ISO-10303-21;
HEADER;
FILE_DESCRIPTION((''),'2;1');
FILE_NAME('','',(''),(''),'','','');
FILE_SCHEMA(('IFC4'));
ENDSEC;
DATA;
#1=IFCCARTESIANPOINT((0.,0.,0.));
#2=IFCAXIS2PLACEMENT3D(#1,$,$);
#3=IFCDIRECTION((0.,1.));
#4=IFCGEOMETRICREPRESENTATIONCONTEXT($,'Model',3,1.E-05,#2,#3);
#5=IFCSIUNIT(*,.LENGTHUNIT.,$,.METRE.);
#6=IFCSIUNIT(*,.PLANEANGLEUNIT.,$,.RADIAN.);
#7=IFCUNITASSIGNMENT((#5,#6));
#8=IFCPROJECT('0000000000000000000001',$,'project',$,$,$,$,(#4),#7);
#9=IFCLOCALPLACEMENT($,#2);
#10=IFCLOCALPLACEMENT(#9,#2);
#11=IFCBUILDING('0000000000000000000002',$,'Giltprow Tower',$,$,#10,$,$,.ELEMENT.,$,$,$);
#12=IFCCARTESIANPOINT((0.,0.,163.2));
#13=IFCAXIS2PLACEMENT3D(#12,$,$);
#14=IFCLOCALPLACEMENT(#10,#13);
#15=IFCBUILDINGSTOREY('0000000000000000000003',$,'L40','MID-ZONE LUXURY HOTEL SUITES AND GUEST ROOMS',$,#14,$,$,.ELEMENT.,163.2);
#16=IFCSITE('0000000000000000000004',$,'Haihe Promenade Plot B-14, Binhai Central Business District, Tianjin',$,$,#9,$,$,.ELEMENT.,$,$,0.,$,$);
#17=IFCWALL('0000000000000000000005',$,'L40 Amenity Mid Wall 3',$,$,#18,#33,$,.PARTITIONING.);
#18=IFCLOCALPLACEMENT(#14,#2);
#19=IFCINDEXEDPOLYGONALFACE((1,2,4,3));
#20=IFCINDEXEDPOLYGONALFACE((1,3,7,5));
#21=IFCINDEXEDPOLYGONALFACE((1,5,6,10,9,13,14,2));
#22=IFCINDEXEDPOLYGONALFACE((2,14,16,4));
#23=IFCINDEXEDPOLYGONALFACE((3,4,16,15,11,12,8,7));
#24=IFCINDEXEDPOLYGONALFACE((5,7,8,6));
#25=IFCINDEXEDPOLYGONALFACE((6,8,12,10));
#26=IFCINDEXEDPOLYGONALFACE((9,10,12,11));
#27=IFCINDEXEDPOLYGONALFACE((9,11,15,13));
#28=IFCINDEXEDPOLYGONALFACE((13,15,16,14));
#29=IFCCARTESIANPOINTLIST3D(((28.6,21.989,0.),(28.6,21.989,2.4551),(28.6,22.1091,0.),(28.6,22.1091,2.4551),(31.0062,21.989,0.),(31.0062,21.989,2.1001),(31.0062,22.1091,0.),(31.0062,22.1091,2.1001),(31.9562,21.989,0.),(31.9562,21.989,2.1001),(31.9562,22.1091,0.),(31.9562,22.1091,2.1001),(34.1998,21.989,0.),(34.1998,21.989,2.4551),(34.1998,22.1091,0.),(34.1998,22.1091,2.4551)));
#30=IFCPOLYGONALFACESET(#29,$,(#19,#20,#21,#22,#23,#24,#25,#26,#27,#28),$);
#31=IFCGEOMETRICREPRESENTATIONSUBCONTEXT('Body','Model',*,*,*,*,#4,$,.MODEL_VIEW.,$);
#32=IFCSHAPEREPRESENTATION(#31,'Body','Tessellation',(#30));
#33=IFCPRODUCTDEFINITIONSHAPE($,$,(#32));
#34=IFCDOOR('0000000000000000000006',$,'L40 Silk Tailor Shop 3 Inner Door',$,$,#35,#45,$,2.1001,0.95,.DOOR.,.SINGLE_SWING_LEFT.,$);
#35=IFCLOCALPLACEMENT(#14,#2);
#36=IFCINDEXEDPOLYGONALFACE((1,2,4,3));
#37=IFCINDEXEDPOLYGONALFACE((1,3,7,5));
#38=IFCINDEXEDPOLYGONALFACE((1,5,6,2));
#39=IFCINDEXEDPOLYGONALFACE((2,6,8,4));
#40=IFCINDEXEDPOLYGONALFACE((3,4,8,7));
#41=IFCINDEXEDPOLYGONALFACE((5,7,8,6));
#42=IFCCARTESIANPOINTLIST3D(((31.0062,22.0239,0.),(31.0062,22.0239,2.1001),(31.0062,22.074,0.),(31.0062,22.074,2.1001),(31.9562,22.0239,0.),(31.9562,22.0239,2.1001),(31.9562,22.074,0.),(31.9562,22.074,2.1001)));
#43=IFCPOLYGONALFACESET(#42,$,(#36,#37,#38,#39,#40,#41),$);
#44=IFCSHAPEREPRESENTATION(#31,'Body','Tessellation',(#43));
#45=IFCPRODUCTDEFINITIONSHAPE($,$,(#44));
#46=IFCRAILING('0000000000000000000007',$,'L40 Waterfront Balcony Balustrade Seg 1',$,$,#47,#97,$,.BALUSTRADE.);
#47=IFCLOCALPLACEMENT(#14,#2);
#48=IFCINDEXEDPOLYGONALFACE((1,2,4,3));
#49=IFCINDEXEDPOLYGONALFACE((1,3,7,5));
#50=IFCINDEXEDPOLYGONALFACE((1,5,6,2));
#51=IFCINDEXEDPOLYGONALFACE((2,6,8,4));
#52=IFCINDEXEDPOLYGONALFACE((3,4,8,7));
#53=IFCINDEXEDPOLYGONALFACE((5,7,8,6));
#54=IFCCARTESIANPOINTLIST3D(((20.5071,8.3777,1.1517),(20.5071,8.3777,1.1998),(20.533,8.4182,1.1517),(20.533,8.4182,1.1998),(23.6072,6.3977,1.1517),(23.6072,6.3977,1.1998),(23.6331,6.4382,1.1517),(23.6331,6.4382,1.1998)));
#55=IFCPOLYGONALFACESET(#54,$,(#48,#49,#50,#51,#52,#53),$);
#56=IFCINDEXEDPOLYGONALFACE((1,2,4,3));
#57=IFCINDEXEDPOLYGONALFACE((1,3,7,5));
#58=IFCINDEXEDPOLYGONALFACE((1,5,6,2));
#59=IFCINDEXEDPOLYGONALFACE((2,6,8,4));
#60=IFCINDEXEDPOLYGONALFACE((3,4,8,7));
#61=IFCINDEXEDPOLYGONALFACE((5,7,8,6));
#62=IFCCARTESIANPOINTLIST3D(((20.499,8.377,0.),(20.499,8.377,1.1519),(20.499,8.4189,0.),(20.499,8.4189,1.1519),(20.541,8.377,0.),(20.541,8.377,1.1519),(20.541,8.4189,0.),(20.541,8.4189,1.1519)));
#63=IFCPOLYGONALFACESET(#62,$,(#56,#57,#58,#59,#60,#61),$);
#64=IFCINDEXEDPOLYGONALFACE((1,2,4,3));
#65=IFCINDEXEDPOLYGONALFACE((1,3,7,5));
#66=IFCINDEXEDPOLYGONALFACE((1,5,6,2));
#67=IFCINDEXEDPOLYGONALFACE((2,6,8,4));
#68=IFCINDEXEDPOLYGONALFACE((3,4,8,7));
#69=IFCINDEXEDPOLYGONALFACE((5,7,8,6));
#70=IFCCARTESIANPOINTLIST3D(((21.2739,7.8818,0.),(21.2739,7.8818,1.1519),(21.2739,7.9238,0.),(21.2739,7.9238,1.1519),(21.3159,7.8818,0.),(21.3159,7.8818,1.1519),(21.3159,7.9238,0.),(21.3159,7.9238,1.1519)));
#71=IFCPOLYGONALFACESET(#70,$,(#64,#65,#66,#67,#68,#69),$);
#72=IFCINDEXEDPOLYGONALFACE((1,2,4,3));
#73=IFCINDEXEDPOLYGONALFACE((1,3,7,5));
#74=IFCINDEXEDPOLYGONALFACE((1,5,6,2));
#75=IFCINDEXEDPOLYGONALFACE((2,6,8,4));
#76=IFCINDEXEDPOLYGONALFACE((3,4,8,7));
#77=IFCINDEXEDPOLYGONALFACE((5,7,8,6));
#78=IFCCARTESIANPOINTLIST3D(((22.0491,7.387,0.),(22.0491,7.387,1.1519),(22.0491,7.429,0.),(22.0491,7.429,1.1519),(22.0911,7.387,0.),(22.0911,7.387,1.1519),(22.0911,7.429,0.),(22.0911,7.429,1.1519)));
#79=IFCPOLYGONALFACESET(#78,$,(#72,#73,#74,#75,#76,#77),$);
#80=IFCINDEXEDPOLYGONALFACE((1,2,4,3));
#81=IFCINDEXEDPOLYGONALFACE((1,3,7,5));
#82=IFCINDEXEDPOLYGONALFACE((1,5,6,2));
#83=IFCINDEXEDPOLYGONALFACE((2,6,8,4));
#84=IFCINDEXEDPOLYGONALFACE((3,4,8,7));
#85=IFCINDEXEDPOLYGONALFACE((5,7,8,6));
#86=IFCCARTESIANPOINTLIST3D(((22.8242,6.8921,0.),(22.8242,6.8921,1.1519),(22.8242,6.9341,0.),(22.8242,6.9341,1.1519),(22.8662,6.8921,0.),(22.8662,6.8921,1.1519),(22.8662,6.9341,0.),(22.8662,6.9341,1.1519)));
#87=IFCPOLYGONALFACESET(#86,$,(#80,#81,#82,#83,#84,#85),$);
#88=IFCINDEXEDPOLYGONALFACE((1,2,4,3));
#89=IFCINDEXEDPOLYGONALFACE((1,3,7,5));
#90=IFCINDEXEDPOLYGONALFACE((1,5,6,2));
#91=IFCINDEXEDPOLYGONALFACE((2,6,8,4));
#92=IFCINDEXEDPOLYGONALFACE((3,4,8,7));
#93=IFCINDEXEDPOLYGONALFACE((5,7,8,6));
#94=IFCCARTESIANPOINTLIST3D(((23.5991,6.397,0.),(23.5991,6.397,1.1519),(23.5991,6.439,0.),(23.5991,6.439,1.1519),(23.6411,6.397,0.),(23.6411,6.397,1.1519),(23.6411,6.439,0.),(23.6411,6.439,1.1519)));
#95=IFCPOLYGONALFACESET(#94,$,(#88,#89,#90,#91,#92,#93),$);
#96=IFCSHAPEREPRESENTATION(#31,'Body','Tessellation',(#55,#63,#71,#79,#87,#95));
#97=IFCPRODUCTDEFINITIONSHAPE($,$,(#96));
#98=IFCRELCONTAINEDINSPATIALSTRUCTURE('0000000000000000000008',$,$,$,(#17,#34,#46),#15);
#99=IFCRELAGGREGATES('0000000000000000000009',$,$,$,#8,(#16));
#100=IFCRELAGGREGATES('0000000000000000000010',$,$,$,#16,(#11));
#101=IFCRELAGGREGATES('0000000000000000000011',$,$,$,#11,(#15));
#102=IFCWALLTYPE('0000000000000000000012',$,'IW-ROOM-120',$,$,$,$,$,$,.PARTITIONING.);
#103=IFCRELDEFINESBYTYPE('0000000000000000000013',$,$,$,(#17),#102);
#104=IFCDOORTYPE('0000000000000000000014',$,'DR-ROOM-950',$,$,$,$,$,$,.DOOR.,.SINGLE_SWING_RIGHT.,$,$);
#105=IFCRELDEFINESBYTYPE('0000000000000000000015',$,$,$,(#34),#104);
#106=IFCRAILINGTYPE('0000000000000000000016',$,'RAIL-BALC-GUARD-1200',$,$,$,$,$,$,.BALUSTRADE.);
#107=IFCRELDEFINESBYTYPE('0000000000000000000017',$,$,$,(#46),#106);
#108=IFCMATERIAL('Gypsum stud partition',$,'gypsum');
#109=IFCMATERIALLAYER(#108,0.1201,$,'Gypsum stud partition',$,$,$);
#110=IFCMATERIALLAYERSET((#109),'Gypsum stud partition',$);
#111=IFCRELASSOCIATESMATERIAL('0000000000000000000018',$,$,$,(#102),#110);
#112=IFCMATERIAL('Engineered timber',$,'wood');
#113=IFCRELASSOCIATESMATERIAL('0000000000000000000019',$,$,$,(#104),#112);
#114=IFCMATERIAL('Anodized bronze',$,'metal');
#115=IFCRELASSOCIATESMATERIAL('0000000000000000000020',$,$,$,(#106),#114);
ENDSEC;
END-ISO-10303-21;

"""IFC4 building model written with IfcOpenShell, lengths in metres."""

from ifc_helpers import new_model, si_unit, direction, frame, frame_2d, origin, origin_2d, place, context, subcontext, project, spatial, rectangle, extrude, source, transform, mapped, material, layer, layer_set, type_object, element, fill, save


model = new_model("IFC4")

# Units and contexts
model_context = context("Model", 3, precision=1e-05, world=origin(), true_north=direction((0.0, 1.0)))
body_context = subcontext(model_context, "Body", "Model", "MODEL_VIEW")
ifc_project = project(units=[si_unit("LENGTHUNIT", "METRE"), si_unit("PLANEANGLEUNIT", "RADIAN")], contexts=[model_context])

# Site, building, storey
site_placement = place(None, origin())
site = spatial("IfcSite", under=ifc_project, at=site_placement, Name="Haihe Promenade Plot B-14, Binhai Central Business District, Tianjin", CompositionType="ELEMENT", RefElevation=0.0)
building_placement = place(site_placement, origin())
building = spatial("IfcBuilding", under=site, at=building_placement, Name="Giltprow Tower", CompositionType="ELEMENT")
storey_placement = place(building_placement, frame((0.0, 0.0, 163.2)))
storey = spatial("IfcBuildingStorey", under=building, at=storey_placement, Name="L40", Description="MID-ZONE LUXURY HOTEL SUITES AND GUEST ROOMS", CompositionType="ELEMENT", Elevation=163.2)

# Shared definitions
ifc_material_1 = material(Name="Gypsum stud partition", Category="gypsum")

# Wall, opening, door
ifc_layer_1 = layer(ifc_material_1, 0.1201, Name="Gypsum stud partition")
ifc_layer_set_1 = layer_set([ifc_layer_1], Name="Gypsum stud partition")
wall_type_1 = type_object("IfcWallType", Name="IW-ROOM-120", PredefinedType="PARTITIONING", material=ifc_layer_set_1)
ifc_material_2 = material(Name="Engineered timber", Category="wood")
door_type_1 = type_object("IfcDoorType", Name="DR-ROOM-950", OperationType="SINGLE_SWING_RIGHT", PredefinedType="DOOR", material=ifc_material_2)
shared_shape_1 = source(origin(), body_context, "Body", "SweptSolid", [
    extrude(rectangle(XDim=0.95, YDim=2.1001, at=frame_2d((0.4751, 1.05))), frame((0.0, 0.0249, 0.0), z_axis=(0.0, -1.0, 0.0), x_axis=(1.0, 0.0, 0.0)), (0.0, 0.0, 1.0), 0.05),
])
wall_1_placement = place(storey_placement, frame((28.6001, 22.0491, 0.0), z_axis=(0.0, 0.0, 1.0), x_axis=(1.0, 0.0, 0.0)))
wall_1 = element("IfcWall", 1, at=wall_1_placement, inside=storey, type_object=wall_type_1, Name="L40 Amenity Mid Wall 3", PredefinedType="PARTITIONING", context=body_context, shape_type="SweptSolid", body=[
    extrude(rectangle(XDim=5.5999, YDim=0.1201, at=frame_2d((2.7998, 0.0))), origin(), (0.0, 0.0, 1.0), 2.4551),
])
opening_1_placement = place(wall_1_placement, frame((2.406, 0.0, 0.0)))
opening_1 = element("IfcOpeningElement", 2, at=opening_1_placement, cuts=wall_1, PredefinedType="OPENING", context=body_context, shape_type="SweptSolid", body=[
    extrude(rectangle(XDim=0.95, YDim=2.1001, at=frame_2d((0.4751, 1.05))), frame((0.0, 0.0701, 0.0), z_axis=(0.0, -1.0, 0.0), x_axis=(1.0, 0.0, 0.0)), (0.0, 0.0, 1.0), 0.1401),
])
door_1_placement = place(opening_1_placement, origin())
door_1 = element("IfcDoor", 3, at=door_1_placement, inside=storey, type_object=door_type_1, Name="L40 Silk Tailor Shop 3 Inner Door", OperationType="SINGLE_SWING_LEFT", OverallHeight=2.1001, OverallWidth=0.95, PredefinedType="DOOR", context=body_context, shape_type="MappedRepresentation", body=[
    mapped(shared_shape_1, transform((0.0, 0.0, 0.0), x_axis=(1.0, 0.0, 0.0), y_axis=(0.0, 1.0, 0.0), z_axis=(0.0, 0.0, 1.0), scale=1.0)),
])
fill(opening_1, door_1)

# Railing
ifc_material_3 = material(Name="Anodized bronze", Category="metal")
railing_type = type_object("IfcRailingType", Name="RAIL-BALC-GUARD-1200", PredefinedType="BALUSTRADE", material=ifc_material_3)
railing_1_placement = place(storey_placement, frame((20.52, 8.3979, 0.0)))
element("IfcRailing", 4, at=railing_1_placement, inside=storey, type_object=railing_type, Name="L40 Waterfront Balcony Balustrade Seg 1", PredefinedType="BALUSTRADE", context=body_context, shape_type="SweptSolid", body=[
    extrude(rectangle(XDim=0.0481, YDim=0.0481, at=origin_2d()), frame((0.0, 0.0, 1.1758), z_axis=(0.842775, -0.538266, 0.0), x_axis=(0.538266, 0.842775, 0.0)), (0.0, 0.0, 1.0), 3.6785),
    extrude(rectangle(XDim=0.042, YDim=0.042, at=origin_2d()), origin(), (0.0, 0.0, 1.0), 1.1519),
    extrude(rectangle(XDim=0.042, YDim=0.042, at=origin_2d()), frame((0.7749, -0.4951, 0.0)), (0.0, 0.0, 1.0), 1.1519),
    extrude(rectangle(XDim=0.042, YDim=0.042, at=origin_2d()), frame((1.55, -0.99, 0.0)), (0.0, 0.0, 1.0), 1.1519),
    extrude(rectangle(XDim=0.042, YDim=0.042, at=origin_2d()), frame((2.3252, -1.4849, 0.0)), (0.0, 0.0, 1.0), 1.1519),
    extrude(rectangle(XDim=0.042, YDim=0.042, at=origin_2d()), frame((3.1001, -1.98, 0.0)), (0.0, 0.0, 1.0), 1.1519),
])

save(model, "model.ifc")
